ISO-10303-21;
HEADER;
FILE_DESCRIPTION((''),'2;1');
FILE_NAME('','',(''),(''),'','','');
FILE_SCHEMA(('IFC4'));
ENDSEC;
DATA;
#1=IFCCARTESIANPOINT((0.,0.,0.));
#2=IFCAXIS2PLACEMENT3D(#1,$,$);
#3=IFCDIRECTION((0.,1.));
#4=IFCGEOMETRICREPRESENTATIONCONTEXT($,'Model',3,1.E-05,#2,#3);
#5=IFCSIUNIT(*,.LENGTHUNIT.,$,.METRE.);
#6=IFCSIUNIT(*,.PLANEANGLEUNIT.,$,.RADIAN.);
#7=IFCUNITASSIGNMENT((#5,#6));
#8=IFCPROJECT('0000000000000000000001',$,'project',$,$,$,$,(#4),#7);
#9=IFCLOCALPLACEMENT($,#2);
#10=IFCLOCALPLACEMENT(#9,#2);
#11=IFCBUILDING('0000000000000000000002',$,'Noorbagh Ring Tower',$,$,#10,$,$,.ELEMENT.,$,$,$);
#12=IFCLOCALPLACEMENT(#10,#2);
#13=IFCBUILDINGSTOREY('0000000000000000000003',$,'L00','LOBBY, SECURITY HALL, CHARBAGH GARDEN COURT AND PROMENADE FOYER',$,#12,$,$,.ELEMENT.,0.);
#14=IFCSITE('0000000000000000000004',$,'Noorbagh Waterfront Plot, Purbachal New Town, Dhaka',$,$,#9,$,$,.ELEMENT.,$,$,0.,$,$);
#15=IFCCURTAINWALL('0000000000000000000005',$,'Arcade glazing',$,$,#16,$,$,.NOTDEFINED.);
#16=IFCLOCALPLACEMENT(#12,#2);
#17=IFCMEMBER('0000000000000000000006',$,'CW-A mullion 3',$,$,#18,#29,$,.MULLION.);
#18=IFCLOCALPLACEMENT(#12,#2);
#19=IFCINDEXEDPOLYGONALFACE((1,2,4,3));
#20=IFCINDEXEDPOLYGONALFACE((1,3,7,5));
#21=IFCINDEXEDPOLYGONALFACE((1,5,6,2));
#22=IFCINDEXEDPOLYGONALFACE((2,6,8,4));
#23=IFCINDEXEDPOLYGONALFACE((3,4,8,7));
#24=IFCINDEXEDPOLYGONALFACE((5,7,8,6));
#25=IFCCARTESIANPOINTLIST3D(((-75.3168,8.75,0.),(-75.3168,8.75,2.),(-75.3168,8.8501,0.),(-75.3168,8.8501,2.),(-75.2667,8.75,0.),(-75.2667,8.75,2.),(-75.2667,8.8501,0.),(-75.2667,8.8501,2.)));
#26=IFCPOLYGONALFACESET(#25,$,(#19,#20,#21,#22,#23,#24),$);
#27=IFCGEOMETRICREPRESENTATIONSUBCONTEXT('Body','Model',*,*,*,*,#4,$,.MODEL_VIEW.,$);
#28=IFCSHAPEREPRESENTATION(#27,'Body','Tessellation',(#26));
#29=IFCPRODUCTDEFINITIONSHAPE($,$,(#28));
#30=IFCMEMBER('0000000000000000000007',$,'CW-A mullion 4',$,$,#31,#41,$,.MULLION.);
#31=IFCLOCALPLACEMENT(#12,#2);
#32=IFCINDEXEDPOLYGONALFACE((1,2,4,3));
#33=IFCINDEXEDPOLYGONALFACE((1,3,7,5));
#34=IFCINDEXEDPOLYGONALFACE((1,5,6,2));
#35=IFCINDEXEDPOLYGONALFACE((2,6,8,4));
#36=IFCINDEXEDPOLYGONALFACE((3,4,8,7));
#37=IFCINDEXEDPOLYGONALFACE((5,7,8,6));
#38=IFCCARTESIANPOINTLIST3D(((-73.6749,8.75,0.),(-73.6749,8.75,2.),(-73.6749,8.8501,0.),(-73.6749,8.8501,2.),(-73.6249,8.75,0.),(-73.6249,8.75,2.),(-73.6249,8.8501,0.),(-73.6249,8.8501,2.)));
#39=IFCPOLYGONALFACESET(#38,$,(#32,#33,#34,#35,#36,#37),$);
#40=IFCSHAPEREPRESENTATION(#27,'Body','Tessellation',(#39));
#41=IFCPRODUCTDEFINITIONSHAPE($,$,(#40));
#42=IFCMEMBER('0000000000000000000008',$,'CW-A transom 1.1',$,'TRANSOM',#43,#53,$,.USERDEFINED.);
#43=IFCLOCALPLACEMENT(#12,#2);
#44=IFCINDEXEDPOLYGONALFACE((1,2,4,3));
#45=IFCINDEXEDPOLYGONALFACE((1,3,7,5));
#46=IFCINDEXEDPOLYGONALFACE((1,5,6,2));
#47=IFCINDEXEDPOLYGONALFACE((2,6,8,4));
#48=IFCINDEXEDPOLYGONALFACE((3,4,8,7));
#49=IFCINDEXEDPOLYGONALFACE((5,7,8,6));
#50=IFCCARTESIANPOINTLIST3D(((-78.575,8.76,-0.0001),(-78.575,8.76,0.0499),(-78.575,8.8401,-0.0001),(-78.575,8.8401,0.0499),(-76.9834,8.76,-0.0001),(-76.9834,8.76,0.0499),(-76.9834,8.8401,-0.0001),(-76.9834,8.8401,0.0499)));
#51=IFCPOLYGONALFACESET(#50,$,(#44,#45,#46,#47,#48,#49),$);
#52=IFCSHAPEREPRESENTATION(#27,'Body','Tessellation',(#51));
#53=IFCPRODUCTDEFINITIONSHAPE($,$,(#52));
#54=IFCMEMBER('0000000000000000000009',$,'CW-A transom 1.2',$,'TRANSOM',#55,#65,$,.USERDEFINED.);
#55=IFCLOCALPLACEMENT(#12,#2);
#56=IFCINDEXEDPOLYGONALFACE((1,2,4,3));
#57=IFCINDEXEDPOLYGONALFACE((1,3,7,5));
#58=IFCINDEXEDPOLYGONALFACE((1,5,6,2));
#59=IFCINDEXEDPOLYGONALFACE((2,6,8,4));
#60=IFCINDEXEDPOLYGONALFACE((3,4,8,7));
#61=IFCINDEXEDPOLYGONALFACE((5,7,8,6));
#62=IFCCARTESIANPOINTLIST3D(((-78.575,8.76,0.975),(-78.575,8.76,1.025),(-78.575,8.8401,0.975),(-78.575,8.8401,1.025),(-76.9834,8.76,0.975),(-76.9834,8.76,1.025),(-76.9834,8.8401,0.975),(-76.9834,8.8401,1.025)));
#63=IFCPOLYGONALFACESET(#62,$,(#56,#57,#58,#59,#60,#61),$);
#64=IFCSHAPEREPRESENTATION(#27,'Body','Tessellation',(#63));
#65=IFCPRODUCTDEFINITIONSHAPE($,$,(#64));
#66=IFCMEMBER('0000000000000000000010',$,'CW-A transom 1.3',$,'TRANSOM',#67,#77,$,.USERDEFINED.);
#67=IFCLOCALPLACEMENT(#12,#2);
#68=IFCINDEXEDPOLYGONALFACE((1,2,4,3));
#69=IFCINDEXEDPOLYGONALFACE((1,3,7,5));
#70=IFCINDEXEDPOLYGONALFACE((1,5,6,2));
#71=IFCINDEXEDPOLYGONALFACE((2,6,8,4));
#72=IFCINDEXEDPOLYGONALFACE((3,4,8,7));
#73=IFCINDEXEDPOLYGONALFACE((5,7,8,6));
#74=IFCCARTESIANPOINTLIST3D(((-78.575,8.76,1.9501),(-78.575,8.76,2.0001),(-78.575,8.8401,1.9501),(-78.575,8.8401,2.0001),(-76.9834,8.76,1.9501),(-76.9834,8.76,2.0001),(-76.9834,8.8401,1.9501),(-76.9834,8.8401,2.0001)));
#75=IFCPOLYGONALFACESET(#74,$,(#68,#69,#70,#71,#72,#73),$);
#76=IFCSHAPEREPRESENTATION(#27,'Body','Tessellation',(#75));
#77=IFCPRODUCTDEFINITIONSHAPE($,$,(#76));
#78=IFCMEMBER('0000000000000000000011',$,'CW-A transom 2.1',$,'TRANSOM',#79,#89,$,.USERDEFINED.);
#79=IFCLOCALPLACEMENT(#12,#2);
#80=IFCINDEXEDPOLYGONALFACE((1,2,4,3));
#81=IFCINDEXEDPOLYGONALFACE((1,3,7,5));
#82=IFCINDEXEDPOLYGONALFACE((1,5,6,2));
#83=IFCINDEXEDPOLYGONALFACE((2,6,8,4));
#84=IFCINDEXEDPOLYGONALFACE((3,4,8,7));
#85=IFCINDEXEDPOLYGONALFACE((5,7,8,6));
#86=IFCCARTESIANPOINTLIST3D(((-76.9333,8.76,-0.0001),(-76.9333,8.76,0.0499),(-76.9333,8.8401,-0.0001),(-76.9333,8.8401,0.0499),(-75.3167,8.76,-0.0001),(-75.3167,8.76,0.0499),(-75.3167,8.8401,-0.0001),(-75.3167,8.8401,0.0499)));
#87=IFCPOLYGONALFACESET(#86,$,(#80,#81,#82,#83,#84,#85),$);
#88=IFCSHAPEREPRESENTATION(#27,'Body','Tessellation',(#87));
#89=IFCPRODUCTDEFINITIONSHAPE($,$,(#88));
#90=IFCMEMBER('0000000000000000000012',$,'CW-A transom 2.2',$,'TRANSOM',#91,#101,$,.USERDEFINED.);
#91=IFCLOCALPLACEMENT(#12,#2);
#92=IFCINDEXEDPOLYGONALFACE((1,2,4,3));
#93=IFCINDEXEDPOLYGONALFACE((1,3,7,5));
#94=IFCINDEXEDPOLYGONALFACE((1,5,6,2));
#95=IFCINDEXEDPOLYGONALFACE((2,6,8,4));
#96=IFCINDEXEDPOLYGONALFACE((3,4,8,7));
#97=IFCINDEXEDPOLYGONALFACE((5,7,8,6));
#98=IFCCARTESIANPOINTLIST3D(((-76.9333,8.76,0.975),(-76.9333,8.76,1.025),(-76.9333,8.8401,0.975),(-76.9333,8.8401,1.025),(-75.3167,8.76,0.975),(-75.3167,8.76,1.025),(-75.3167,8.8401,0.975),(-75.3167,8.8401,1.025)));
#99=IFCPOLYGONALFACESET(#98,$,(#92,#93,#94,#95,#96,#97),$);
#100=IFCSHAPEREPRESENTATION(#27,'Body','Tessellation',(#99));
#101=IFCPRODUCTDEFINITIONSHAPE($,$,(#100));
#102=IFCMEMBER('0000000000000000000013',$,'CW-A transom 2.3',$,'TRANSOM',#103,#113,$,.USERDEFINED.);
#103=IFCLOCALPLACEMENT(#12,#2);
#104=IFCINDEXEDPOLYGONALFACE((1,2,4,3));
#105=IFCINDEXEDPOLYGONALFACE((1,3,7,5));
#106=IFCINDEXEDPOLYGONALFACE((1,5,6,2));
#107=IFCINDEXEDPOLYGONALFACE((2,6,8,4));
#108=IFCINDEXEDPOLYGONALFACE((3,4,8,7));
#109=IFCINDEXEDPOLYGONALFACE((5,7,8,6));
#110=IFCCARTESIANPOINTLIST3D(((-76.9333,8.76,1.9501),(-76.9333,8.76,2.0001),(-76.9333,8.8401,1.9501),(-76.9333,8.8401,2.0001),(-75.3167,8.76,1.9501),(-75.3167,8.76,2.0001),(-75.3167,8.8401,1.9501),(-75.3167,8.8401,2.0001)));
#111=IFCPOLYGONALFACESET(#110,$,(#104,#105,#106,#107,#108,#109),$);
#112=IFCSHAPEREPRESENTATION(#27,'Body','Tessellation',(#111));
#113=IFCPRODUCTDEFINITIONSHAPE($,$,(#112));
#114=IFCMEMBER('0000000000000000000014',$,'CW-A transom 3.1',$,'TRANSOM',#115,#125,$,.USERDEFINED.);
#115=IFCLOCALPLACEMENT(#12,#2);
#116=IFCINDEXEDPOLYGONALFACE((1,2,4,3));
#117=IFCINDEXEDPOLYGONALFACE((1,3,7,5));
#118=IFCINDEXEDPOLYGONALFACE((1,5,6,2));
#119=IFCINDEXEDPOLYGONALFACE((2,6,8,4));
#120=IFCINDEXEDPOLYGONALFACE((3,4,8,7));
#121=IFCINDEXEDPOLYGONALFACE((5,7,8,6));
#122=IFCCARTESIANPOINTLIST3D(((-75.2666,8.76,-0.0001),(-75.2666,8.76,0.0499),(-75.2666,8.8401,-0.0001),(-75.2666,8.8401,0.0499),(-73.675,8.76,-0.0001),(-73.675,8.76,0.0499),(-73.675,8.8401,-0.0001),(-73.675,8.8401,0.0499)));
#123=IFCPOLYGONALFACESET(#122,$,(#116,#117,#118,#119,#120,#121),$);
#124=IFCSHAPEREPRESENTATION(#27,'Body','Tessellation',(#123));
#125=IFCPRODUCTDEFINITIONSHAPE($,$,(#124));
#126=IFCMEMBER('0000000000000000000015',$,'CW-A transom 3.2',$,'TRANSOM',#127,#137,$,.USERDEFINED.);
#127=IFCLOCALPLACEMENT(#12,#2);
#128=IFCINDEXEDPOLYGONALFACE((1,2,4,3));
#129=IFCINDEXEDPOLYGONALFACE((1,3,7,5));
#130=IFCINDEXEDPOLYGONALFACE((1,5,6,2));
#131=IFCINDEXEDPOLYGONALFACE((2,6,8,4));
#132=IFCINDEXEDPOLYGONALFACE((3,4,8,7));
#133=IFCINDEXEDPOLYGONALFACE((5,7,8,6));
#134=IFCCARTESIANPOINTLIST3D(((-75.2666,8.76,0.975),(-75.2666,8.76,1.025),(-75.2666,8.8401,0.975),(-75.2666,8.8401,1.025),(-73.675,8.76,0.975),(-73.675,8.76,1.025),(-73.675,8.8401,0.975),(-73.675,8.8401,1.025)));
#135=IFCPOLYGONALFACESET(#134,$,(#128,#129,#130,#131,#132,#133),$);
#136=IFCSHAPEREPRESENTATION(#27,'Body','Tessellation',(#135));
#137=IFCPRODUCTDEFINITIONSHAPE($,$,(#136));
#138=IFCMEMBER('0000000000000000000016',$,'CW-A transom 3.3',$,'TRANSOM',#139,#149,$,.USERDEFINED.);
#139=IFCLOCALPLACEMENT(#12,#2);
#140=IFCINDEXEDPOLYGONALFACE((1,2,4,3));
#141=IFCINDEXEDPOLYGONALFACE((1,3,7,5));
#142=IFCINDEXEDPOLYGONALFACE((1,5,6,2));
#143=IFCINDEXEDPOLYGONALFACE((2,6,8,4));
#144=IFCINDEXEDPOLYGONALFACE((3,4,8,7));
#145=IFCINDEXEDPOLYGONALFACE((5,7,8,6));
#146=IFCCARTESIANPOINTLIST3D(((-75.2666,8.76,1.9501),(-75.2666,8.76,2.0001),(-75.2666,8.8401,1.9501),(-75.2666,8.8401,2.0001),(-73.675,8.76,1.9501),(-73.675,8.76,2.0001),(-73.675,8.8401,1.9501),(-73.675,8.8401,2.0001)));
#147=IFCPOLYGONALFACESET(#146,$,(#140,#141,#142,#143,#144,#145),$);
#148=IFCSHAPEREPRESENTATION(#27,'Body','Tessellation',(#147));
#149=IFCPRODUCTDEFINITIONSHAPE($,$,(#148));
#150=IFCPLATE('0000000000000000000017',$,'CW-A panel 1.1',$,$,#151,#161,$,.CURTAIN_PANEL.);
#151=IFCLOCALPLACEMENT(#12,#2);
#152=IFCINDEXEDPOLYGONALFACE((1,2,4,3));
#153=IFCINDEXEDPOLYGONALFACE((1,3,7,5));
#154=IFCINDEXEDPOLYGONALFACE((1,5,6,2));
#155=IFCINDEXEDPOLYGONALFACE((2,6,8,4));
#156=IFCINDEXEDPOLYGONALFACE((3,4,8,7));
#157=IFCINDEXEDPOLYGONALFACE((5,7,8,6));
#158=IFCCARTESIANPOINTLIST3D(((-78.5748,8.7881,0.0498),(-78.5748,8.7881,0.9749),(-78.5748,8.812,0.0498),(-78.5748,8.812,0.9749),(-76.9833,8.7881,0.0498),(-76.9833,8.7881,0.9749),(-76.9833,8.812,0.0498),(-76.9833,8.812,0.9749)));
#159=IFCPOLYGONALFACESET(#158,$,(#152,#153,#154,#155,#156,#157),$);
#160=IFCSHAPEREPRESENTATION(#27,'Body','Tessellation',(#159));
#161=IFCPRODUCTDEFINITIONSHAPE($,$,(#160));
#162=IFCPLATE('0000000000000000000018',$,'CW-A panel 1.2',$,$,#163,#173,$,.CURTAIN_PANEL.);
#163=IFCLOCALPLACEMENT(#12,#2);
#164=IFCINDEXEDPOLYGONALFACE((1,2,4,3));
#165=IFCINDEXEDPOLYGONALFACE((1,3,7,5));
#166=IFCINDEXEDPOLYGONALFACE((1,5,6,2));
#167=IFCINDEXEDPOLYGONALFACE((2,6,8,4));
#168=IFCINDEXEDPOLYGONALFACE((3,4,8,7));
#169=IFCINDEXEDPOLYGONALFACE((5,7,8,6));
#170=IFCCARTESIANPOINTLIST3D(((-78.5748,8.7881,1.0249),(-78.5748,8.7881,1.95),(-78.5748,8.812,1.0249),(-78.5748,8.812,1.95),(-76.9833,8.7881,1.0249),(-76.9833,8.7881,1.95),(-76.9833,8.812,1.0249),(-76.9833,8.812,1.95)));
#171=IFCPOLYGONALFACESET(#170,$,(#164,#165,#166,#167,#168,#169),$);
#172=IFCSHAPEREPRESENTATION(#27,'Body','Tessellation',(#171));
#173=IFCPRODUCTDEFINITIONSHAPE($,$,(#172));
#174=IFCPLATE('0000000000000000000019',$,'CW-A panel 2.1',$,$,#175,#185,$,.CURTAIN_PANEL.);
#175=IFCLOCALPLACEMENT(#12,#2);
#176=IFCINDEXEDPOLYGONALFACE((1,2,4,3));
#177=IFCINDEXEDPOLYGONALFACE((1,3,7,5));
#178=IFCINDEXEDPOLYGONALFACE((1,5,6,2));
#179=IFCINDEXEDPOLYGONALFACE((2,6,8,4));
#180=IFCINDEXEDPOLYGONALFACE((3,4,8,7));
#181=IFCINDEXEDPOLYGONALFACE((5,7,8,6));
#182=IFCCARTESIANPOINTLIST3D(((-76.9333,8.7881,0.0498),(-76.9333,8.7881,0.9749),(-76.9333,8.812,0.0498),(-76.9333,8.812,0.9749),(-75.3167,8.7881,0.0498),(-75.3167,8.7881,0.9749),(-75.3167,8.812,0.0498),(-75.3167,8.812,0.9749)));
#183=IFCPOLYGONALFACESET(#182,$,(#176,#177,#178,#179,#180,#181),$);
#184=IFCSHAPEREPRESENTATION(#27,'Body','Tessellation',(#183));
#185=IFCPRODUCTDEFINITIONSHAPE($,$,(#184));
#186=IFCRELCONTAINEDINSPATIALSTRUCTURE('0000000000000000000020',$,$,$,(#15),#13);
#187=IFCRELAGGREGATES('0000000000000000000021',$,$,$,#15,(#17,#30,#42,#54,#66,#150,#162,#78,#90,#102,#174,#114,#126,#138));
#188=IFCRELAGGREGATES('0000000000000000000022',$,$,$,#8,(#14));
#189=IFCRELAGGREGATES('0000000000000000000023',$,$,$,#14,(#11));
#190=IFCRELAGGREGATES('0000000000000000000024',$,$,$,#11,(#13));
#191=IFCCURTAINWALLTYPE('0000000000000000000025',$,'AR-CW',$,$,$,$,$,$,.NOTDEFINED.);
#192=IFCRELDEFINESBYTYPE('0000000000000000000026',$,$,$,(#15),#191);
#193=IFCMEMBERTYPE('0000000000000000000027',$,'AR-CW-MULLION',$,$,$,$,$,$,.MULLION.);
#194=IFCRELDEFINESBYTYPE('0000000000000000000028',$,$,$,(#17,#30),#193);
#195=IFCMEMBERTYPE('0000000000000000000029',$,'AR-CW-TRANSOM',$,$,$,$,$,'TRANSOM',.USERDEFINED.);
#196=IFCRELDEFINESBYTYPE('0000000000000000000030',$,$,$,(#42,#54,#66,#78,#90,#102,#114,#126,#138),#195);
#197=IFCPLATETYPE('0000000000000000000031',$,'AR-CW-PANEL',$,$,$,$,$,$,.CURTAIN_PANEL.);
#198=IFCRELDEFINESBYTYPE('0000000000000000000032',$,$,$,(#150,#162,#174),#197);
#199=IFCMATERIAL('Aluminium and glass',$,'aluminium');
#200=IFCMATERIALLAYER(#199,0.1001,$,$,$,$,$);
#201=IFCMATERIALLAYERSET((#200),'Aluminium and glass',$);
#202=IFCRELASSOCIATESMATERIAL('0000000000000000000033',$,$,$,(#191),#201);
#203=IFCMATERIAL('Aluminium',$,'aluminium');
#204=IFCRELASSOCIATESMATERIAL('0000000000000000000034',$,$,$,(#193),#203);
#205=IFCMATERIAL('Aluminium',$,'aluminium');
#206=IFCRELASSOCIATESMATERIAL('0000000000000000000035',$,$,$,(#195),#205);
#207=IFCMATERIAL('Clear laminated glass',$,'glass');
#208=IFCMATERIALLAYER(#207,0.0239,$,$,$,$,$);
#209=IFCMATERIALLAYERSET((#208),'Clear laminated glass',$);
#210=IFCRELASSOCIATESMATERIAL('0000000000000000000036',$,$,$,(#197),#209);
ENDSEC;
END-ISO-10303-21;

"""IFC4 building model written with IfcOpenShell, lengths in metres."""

from ifc_helpers import new_model, si_unit, direction, frame, origin, origin_2d, place, context, subcontext, project, spatial, rectangle, extrude, material, layer, layer_set, material_profile, profile_set, type_object, element, aggregate, save


model = new_model("IFC4")

# Units and contexts
model_context = context("Model", 3, precision=1e-05, world=origin(), true_north=direction((0.0, 1.0)))
body_context = subcontext(model_context, "Body", "Model", "MODEL_VIEW")
ifc_project = project(units=[si_unit("LENGTHUNIT", "METRE"), si_unit("PLANEANGLEUNIT", "RADIAN")], contexts=[model_context])

# Site, building, storey
site_placement = place(None, origin())
site = spatial("IfcSite", under=ifc_project, at=site_placement, Name="Noorbagh Waterfront Plot, Purbachal New Town, Dhaka", CompositionType="ELEMENT", RefElevation=0.0)
building_placement = place(site_placement, origin())
building = spatial("IfcBuilding", under=site, at=building_placement, Name="Noorbagh Ring Tower", CompositionType="ELEMENT")
storey_placement = place(building_placement, origin())
storey = spatial("IfcBuildingStorey", under=building, at=storey_placement, Name="L00", Description="LOBBY, SECURITY HALL, CHARBAGH GARDEN COURT AND PROMENADE FOYER", CompositionType="ELEMENT", Elevation=0.0)

# Curtain wall, members, plates
ifc_material_1 = material(Name="Aluminium and glass", Category="aluminium")
ifc_layer_1 = layer(ifc_material_1, 0.1001)
ifc_layer_set_1 = layer_set([ifc_layer_1], Name="Aluminium and glass")
curtain_wall_type = type_object("IfcCurtainWallType", Name="AR-CW", PredefinedType="NOTDEFINED", material=ifc_layer_set_1)
curtain_wall_placement = place(storey_placement, origin())
curtain_wall = element("IfcCurtainWall", 1, at=curtain_wall_placement, inside=storey, type_object=curtain_wall_type, Name="Arcade glazing", PredefinedType="NOTDEFINED")
ifc_material_2 = material(Name="Aluminium", Category="aluminium")
ifc_material_profile_1 = material_profile(ifc_material_2, rectangle(XDim=0.1001, YDim=0.05, at=origin_2d()), Name="AL 100x50")
ifc_profile_set_1 = profile_set([ifc_material_profile_1], Name="Aluminium")
member_type_1 = type_object("IfcMemberType", Name="AR-CW-MULLION", PredefinedType="MULLION", material=ifc_profile_set_1)
member_1_placement = place(storey_placement, frame((-75.2917, 8.8, 0.0), z_axis=(0.0, 0.0, 1.0), x_axis=(0.0, 1.0, 0.0)))
member_1 = element("IfcMember", 2, at=member_1_placement, type_object=member_type_1, Name="CW-A mullion 3", PredefinedType="MULLION", context=body_context, shape_type="SweptSolid", body=[
    extrude(rectangle(XDim=0.1001, YDim=0.05, at=origin_2d()), origin(), (0.0, 0.0, 1.0), 2.0),
])
member_2_placement = place(storey_placement, frame((-73.6499, 8.8, 0.0), z_axis=(0.0, 0.0, 1.0), x_axis=(0.0, 1.0, 0.0)))
member_2 = element("IfcMember", 3, at=member_2_placement, type_object=member_type_1, Name="CW-A mullion 4", PredefinedType="MULLION", context=body_context, shape_type="SweptSolid", body=[
    extrude(rectangle(XDim=0.1001, YDim=0.05, at=origin_2d()), origin(), (0.0, 0.0, 1.0), 2.0),
])
ifc_material_3 = material(Name="Aluminium", Category="aluminium")
ifc_material_profile_2 = material_profile(ifc_material_3, rectangle(XDim=0.0801, YDim=0.05, at=origin_2d()), Name="AL 80x50")
ifc_profile_set_2 = profile_set([ifc_material_profile_2], Name="Aluminium")
member_type_2 = type_object("IfcMemberType", Name="AR-CW-TRANSOM", ElementType="TRANSOM", PredefinedType="USERDEFINED", material=ifc_profile_set_2)
member_3_placement = place(storey_placement, frame((-78.575, 8.8, 0.0249), z_axis=(1.0, 0.0, 0.0), x_axis=(0.0, 1.0, 0.0)))
member_3 = element("IfcMember", 4, at=member_3_placement, type_object=member_type_2, Name="CW-A transom 1.1", ObjectType="TRANSOM", PredefinedType="USERDEFINED", context=body_context, shape_type="SweptSolid", body=[
    extrude(rectangle(XDim=0.0801, YDim=0.05, at=origin_2d()), origin(), (0.0, 0.0, 1.0), 1.5916),
])
member_4_placement = place(storey_placement, frame((-78.575, 8.8, 1.0), z_axis=(1.0, 0.0, 0.0), x_axis=(0.0, 1.0, 0.0)))
member_4 = element("IfcMember", 5, at=member_4_placement, type_object=member_type_2, Name="CW-A transom 1.2", ObjectType="TRANSOM", PredefinedType="USERDEFINED", context=body_context, shape_type="SweptSolid", body=[
    extrude(rectangle(XDim=0.0801, YDim=0.05, at=origin_2d()), origin(), (0.0, 0.0, 1.0), 1.5916),
])
member_5_placement = place(storey_placement, frame((-78.575, 8.8, 1.9751), z_axis=(1.0, 0.0, 0.0), x_axis=(0.0, 1.0, 0.0)))
member_5 = element("IfcMember", 6, at=member_5_placement, type_object=member_type_2, Name="CW-A transom 1.3", ObjectType="TRANSOM", PredefinedType="USERDEFINED", context=body_context, shape_type="SweptSolid", body=[
    extrude(rectangle(XDim=0.0801, YDim=0.05, at=origin_2d()), origin(), (0.0, 0.0, 1.0), 1.5916),
])
member_6_placement = place(storey_placement, frame((-76.9333, 8.8, 0.0249), z_axis=(1.0, 0.0, 0.0), x_axis=(0.0, 1.0, 0.0)))
member_6 = element("IfcMember", 7, at=member_6_placement, type_object=member_type_2, Name="CW-A transom 2.1", ObjectType="TRANSOM", PredefinedType="USERDEFINED", context=body_context, shape_type="SweptSolid", body=[
    extrude(rectangle(XDim=0.0801, YDim=0.05, at=origin_2d()), origin(), (0.0, 0.0, 1.0), 1.6167),
])
member_7_placement = place(storey_placement, frame((-76.9333, 8.8, 1.0), z_axis=(1.0, 0.0, 0.0), x_axis=(0.0, 1.0, 0.0)))
member_7 = element("IfcMember", 8, at=member_7_placement, type_object=member_type_2, Name="CW-A transom 2.2", ObjectType="TRANSOM", PredefinedType="USERDEFINED", context=body_context, shape_type="SweptSolid", body=[
    extrude(rectangle(XDim=0.0801, YDim=0.05, at=origin_2d()), origin(), (0.0, 0.0, 1.0), 1.6167),
])
member_8_placement = place(storey_placement, frame((-76.9333, 8.8, 1.9751), z_axis=(1.0, 0.0, 0.0), x_axis=(0.0, 1.0, 0.0)))
member_8 = element("IfcMember", 9, at=member_8_placement, type_object=member_type_2, Name="CW-A transom 2.3", ObjectType="TRANSOM", PredefinedType="USERDEFINED", context=body_context, shape_type="SweptSolid", body=[
    extrude(rectangle(XDim=0.0801, YDim=0.05, at=origin_2d()), origin(), (0.0, 0.0, 1.0), 1.6167),
])
member_9_placement = place(storey_placement, frame((-75.2666, 8.8, 0.0249), z_axis=(1.0, 0.0, 0.0), x_axis=(0.0, 1.0, 0.0)))
member_9 = element("IfcMember", 10, at=member_9_placement, type_object=member_type_2, Name="CW-A transom 3.1", ObjectType="TRANSOM", PredefinedType="USERDEFINED", context=body_context, shape_type="SweptSolid", body=[
    extrude(rectangle(XDim=0.0801, YDim=0.05, at=origin_2d()), origin(), (0.0, 0.0, 1.0), 1.5916),
])
member_10_placement = place(storey_placement, frame((-75.2666, 8.8, 1.0), z_axis=(1.0, 0.0, 0.0), x_axis=(0.0, 1.0, 0.0)))
member_10 = element("IfcMember", 11, at=member_10_placement, type_object=member_type_2, Name="CW-A transom 3.2", ObjectType="TRANSOM", PredefinedType="USERDEFINED", context=body_context, shape_type="SweptSolid", body=[
    extrude(rectangle(XDim=0.0801, YDim=0.05, at=origin_2d()), origin(), (0.0, 0.0, 1.0), 1.5916),
])
member_11_placement = place(storey_placement, frame((-75.2666, 8.8, 1.9751), z_axis=(1.0, 0.0, 0.0), x_axis=(0.0, 1.0, 0.0)))
member_11 = element("IfcMember", 12, at=member_11_placement, type_object=member_type_2, Name="CW-A transom 3.3", ObjectType="TRANSOM", PredefinedType="USERDEFINED", context=body_context, shape_type="SweptSolid", body=[
    extrude(rectangle(XDim=0.0801, YDim=0.05, at=origin_2d()), origin(), (0.0, 0.0, 1.0), 1.5916),
])
ifc_material_4 = material(Name="Clear laminated glass", Category="glass")
ifc_layer_2 = layer(ifc_material_4, 0.0239)
ifc_layer_set_2 = layer_set([ifc_layer_2], Name="Clear laminated glass")
plate_type = type_object("IfcPlateType", Name="AR-CW-PANEL", PredefinedType="CURTAIN_PANEL", material=ifc_layer_set_2)
plate_1_placement = place(storey_placement, frame((-77.7791, 8.8, 0.0498), z_axis=(0.0, 0.0, 1.0), x_axis=(1.0, 0.0, 0.0)))
plate_1 = element("IfcPlate", 13, at=plate_1_placement, type_object=plate_type, Name="CW-A panel 1.1", PredefinedType="CURTAIN_PANEL", context=body_context, shape_type="SweptSolid", body=[
    extrude(rectangle(XDim=1.5916, YDim=0.0239, at=origin_2d()), origin(), (0.0, 0.0, 1.0), 0.925),
])
plate_2_placement = place(storey_placement, frame((-77.7791, 8.8, 1.0249), z_axis=(0.0, 0.0, 1.0), x_axis=(1.0, 0.0, 0.0)))
plate_2 = element("IfcPlate", 14, at=plate_2_placement, type_object=plate_type, Name="CW-A panel 1.2", PredefinedType="CURTAIN_PANEL", context=body_context, shape_type="SweptSolid", body=[
    extrude(rectangle(XDim=1.5916, YDim=0.0239, at=origin_2d()), origin(), (0.0, 0.0, 1.0), 0.925),
])
plate_3_placement = place(storey_placement, frame((-76.125, 8.8, 0.0498), z_axis=(0.0, 0.0, 1.0), x_axis=(1.0, 0.0, 0.0)))
plate_3 = element("IfcPlate", 15, at=plate_3_placement, type_object=plate_type, Name="CW-A panel 2.1", PredefinedType="CURTAIN_PANEL", context=body_context, shape_type="SweptSolid", body=[
    extrude(rectangle(XDim=1.6167, YDim=0.0239, at=origin_2d()), origin(), (0.0, 0.0, 1.0), 0.925),
])
aggregate(curtain_wall, [member_1, member_2, member_3, member_4, member_5, plate_1, plate_2, member_6, member_7, member_8, plate_3, member_9, member_10, member_11])

save(model, "model.ifc")
